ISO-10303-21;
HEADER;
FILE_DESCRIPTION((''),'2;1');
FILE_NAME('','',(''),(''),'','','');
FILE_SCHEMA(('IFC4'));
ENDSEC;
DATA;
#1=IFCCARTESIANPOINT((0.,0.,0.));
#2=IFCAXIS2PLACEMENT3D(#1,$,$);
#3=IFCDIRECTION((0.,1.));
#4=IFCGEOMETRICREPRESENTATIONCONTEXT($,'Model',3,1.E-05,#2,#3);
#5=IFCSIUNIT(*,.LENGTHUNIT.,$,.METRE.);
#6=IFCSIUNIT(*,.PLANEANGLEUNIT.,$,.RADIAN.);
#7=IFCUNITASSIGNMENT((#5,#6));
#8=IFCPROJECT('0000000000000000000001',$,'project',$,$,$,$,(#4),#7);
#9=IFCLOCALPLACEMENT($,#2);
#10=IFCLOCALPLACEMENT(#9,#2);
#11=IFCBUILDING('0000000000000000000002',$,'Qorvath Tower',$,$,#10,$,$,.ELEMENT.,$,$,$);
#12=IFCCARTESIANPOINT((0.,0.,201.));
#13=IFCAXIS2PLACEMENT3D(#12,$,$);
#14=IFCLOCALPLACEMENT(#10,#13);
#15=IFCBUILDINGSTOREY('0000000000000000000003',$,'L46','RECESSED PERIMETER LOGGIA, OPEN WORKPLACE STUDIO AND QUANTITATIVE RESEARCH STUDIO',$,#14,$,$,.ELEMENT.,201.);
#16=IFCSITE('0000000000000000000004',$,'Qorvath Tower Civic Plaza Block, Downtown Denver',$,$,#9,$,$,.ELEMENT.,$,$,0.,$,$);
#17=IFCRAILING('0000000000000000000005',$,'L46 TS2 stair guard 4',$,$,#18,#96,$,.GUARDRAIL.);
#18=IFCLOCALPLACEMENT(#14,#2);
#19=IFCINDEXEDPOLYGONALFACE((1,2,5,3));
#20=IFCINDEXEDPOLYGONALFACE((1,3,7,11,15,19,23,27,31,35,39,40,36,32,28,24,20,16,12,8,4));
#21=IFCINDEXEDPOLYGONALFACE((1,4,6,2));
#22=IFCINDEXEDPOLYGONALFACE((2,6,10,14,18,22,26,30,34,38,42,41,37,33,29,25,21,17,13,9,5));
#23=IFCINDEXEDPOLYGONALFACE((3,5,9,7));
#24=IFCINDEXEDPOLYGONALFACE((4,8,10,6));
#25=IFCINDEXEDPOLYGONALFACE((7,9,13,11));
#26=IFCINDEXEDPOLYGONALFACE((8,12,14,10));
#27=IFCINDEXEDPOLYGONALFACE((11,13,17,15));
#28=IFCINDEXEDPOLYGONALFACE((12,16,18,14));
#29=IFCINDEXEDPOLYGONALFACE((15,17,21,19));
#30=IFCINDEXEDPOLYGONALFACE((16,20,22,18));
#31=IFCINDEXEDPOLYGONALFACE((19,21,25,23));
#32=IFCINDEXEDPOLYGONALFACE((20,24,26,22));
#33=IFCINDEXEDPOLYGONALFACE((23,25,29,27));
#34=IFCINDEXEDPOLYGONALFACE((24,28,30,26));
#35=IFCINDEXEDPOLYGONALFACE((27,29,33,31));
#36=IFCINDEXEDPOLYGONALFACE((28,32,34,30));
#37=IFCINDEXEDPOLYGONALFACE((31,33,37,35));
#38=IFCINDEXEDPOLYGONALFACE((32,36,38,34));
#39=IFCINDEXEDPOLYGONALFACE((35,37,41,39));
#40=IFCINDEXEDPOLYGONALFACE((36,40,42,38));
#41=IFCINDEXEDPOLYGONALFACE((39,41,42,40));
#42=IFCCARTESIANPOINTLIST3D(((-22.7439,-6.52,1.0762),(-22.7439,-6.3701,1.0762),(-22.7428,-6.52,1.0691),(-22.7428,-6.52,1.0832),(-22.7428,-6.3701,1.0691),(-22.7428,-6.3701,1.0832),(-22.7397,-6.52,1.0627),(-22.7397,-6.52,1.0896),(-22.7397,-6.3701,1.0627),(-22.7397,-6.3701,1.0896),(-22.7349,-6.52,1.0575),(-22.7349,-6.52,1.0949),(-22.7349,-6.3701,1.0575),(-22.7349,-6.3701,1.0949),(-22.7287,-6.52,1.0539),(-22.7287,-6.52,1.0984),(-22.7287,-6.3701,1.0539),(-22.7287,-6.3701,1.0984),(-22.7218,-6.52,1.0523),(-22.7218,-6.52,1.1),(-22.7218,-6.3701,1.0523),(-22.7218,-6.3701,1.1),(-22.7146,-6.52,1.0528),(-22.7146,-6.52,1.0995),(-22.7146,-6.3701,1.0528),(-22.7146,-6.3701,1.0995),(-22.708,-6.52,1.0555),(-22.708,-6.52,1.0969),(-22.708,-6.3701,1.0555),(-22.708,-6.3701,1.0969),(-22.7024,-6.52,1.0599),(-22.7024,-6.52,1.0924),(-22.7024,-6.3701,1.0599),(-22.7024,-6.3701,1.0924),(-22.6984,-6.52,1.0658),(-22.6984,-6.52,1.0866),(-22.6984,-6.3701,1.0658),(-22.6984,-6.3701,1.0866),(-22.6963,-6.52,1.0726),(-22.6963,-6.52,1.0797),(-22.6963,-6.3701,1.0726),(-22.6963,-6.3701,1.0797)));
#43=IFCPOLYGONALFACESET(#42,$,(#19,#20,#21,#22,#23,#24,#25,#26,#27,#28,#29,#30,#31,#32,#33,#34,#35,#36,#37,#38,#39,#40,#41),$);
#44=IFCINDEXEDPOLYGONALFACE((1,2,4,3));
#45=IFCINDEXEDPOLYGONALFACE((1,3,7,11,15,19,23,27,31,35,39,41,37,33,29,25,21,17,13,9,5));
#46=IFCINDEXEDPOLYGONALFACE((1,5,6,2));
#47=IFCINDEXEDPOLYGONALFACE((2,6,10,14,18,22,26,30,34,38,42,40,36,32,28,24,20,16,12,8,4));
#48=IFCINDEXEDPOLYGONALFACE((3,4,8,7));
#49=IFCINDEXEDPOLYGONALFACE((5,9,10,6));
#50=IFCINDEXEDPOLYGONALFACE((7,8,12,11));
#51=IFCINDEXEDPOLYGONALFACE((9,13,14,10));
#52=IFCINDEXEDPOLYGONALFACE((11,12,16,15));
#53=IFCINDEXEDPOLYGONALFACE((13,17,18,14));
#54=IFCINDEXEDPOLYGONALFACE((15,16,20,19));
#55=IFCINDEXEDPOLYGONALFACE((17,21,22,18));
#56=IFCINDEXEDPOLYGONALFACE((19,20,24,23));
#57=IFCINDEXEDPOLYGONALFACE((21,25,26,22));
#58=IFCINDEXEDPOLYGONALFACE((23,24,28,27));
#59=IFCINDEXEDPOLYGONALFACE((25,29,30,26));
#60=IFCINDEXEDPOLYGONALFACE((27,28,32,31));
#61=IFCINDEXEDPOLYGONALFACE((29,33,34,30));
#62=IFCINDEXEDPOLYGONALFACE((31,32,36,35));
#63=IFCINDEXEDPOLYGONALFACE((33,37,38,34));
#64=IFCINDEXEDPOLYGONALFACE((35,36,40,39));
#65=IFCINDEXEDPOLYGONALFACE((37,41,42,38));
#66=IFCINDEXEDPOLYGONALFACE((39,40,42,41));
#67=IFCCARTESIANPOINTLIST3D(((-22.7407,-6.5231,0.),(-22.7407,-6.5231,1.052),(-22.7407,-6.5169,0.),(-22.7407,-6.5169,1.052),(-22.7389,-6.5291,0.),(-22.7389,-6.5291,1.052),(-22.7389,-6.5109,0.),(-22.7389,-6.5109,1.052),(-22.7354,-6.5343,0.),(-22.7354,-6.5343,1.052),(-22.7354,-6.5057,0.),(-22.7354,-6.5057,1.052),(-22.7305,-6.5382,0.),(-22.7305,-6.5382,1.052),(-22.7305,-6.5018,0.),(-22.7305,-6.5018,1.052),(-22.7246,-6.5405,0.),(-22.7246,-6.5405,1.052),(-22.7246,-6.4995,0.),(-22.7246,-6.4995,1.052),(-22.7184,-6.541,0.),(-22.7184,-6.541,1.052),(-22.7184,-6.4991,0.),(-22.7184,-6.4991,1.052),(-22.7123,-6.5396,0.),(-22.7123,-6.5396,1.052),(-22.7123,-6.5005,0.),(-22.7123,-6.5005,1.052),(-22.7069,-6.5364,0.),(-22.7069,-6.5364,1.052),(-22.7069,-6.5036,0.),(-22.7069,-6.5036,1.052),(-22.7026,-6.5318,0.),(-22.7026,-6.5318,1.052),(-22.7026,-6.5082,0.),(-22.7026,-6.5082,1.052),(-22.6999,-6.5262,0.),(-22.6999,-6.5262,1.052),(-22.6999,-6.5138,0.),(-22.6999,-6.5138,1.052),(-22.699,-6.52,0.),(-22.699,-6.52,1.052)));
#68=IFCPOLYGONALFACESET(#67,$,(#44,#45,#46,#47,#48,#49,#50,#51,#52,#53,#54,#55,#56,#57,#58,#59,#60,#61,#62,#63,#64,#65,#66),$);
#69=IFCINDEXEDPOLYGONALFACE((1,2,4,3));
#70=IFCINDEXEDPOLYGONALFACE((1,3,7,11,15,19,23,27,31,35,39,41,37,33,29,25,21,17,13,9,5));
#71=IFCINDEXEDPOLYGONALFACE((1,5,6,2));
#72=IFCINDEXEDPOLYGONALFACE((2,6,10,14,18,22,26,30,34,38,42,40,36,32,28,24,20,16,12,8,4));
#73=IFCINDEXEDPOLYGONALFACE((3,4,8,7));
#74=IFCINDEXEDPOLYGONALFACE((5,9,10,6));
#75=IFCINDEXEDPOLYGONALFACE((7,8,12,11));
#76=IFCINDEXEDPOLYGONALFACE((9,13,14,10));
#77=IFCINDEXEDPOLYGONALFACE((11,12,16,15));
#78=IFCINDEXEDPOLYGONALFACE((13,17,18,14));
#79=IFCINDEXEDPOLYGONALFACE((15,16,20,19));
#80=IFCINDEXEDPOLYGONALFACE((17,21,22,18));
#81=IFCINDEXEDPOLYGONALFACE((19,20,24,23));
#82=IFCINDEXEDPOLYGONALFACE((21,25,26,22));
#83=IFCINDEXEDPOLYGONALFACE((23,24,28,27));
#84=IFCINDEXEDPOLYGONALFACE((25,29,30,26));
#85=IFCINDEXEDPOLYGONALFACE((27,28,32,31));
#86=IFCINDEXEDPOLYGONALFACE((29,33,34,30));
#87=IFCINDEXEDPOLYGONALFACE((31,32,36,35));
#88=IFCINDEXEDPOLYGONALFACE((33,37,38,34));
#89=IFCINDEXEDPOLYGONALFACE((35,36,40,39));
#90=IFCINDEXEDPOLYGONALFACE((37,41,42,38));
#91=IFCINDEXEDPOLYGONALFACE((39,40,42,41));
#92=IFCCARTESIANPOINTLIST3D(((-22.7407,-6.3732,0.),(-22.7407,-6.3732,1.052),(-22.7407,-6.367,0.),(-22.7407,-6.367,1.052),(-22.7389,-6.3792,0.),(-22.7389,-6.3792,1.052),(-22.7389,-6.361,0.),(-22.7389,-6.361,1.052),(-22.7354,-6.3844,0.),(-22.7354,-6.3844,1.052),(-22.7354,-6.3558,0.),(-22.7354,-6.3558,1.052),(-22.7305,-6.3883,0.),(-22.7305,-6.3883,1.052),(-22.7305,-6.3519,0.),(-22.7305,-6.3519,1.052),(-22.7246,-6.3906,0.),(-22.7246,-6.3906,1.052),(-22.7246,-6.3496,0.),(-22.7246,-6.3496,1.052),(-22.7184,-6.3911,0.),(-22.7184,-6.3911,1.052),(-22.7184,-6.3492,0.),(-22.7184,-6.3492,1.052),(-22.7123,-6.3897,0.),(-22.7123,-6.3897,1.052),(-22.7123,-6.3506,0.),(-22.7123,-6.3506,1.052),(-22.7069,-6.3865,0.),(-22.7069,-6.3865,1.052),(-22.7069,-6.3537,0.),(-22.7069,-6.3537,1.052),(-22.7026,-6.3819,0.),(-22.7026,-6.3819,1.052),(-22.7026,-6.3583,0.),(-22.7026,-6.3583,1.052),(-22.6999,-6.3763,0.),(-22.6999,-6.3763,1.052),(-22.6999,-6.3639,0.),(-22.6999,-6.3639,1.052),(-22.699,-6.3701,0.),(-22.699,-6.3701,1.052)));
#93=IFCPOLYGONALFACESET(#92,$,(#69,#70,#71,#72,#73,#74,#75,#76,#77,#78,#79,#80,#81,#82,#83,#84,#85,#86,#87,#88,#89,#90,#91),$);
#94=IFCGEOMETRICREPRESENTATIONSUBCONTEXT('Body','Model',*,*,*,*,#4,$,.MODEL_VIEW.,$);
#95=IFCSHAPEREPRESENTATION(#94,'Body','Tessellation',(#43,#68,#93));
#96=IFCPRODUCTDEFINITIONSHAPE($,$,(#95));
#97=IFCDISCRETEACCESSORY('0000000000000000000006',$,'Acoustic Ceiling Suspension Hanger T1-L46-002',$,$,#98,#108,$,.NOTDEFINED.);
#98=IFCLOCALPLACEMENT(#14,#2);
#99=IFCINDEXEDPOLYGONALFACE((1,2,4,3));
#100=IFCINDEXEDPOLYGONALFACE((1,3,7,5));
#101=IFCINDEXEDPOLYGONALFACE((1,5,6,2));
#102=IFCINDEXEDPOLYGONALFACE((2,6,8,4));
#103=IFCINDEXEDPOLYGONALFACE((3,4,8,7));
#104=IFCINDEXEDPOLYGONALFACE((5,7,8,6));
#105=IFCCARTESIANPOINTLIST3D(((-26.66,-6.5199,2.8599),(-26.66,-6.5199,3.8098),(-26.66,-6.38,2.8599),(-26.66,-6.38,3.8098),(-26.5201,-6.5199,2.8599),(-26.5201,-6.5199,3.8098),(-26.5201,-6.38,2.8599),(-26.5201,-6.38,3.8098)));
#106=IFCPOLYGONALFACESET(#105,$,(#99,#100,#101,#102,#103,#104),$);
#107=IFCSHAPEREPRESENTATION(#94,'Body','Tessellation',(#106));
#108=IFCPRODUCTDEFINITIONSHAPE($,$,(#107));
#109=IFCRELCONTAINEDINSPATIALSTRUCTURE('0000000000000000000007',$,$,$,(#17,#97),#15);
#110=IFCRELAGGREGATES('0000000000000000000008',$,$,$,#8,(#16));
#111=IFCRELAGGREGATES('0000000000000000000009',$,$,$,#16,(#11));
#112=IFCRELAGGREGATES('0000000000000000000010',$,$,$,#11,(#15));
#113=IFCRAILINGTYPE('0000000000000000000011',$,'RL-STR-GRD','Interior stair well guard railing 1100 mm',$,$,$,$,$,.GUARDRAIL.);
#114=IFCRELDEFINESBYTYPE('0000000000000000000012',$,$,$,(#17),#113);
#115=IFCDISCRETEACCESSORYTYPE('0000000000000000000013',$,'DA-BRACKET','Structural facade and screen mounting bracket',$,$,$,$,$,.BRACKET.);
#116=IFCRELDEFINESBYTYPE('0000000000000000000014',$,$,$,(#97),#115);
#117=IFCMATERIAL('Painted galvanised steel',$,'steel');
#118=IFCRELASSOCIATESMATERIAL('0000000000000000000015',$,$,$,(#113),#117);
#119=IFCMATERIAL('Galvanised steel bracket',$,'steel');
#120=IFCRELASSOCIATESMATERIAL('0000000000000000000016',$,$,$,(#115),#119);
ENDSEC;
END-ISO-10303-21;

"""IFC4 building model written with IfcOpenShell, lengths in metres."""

from ifc_helpers import new_model, si_unit, direction, frame, origin, origin_2d, place, context, subcontext, project, spatial, rectangle, circle, extrude, material, type_object, element, save


model = new_model("IFC4")

# Units and contexts
model_context = context("Model", 3, precision=1e-05, world=origin(), true_north=direction((0.0, 1.0)))
body_context = subcontext(model_context, "Body", "Model", "MODEL_VIEW")
ifc_project = project(units=[si_unit("LENGTHUNIT", "METRE"), si_unit("PLANEANGLEUNIT", "RADIAN")], contexts=[model_context])

# Site, building, storey
site_placement = place(None, origin())
site = spatial("IfcSite", under=ifc_project, at=site_placement, Name="Qorvath Tower Civic Plaza Block, Downtown Denver", CompositionType="ELEMENT", RefElevation=0.0)
building_placement = place(site_placement, origin())
building = spatial("IfcBuilding", under=site, at=building_placement, Name="Qorvath Tower", CompositionType="ELEMENT")
storey_placement = place(building_placement, frame((0.0, 0.0, 201.0)))
storey = spatial("IfcBuildingStorey", under=building, at=storey_placement, Name="L46", Description="RECESSED PERIMETER LOGGIA, OPEN WORKPLACE STUDIO AND QUANTITATIVE RESEARCH STUDIO", CompositionType="ELEMENT", Elevation=201.0)

# Railing
ifc_material_1 = material(Name="Painted galvanised steel", Category="steel")
railing_type = type_object("IfcRailingType", Name="RL-STR-GRD", Description="Interior stair well guard railing 1100 mm", PredefinedType="GUARDRAIL", material=ifc_material_1)
railing_1_placement = place(storey_placement, frame((-22.72, -6.52, 0.0)))
element("IfcRailing", 1, at=railing_1_placement, inside=storey, type_object=railing_type, Name="L46 TS2 stair guard 4", PredefinedType="GUARDRAIL", context=body_context, shape_type="SweptSolid", body=[
    extrude(circle(Radius=0.0239, at=origin_2d()), frame((0.0, 0.0, 1.0762), z_axis=(0.0, 1.0, 0.0), x_axis=(-1.0, 0.0, 0.0)), (0.0, 0.0, 1.0), 0.1499),
    extrude(circle(Radius=0.021, at=origin_2d()), origin(), (0.0, 0.0, 1.0), 1.052),
    extrude(circle(Radius=0.021, at=origin_2d()), frame((0.0, 0.1499, 0.0)), (0.0, 0.0, 1.0), 1.052),
])

# Discrete accessory
ifc_material_2 = material(Name="Galvanised steel bracket", Category="steel")
discrete_accessory_type = type_object("IfcDiscreteAccessoryType", Name="DA-BRACKET", Description="Structural facade and screen mounting bracket", PredefinedType="BRACKET", material=ifc_material_2)
discrete_accessory_placement = place(storey_placement, frame((-26.5901, -6.45, 2.8599), z_axis=(0.0, 0.0, 1.0), x_axis=(1.0, 0.0, 0.0)))
element("IfcDiscreteAccessory", 2, at=discrete_accessory_placement, inside=storey, type_object=discrete_accessory_type, Name="Acoustic Ceiling Suspension Hanger T1-L46-002", PredefinedType="NOTDEFINED", context=body_context, shape_type="SweptSolid", body=[
    extrude(rectangle(XDim=0.1399, YDim=0.1399, at=origin_2d()), origin(), (0.0, 0.0, 1.0), 0.95),
])

save(model, "model.ifc")
